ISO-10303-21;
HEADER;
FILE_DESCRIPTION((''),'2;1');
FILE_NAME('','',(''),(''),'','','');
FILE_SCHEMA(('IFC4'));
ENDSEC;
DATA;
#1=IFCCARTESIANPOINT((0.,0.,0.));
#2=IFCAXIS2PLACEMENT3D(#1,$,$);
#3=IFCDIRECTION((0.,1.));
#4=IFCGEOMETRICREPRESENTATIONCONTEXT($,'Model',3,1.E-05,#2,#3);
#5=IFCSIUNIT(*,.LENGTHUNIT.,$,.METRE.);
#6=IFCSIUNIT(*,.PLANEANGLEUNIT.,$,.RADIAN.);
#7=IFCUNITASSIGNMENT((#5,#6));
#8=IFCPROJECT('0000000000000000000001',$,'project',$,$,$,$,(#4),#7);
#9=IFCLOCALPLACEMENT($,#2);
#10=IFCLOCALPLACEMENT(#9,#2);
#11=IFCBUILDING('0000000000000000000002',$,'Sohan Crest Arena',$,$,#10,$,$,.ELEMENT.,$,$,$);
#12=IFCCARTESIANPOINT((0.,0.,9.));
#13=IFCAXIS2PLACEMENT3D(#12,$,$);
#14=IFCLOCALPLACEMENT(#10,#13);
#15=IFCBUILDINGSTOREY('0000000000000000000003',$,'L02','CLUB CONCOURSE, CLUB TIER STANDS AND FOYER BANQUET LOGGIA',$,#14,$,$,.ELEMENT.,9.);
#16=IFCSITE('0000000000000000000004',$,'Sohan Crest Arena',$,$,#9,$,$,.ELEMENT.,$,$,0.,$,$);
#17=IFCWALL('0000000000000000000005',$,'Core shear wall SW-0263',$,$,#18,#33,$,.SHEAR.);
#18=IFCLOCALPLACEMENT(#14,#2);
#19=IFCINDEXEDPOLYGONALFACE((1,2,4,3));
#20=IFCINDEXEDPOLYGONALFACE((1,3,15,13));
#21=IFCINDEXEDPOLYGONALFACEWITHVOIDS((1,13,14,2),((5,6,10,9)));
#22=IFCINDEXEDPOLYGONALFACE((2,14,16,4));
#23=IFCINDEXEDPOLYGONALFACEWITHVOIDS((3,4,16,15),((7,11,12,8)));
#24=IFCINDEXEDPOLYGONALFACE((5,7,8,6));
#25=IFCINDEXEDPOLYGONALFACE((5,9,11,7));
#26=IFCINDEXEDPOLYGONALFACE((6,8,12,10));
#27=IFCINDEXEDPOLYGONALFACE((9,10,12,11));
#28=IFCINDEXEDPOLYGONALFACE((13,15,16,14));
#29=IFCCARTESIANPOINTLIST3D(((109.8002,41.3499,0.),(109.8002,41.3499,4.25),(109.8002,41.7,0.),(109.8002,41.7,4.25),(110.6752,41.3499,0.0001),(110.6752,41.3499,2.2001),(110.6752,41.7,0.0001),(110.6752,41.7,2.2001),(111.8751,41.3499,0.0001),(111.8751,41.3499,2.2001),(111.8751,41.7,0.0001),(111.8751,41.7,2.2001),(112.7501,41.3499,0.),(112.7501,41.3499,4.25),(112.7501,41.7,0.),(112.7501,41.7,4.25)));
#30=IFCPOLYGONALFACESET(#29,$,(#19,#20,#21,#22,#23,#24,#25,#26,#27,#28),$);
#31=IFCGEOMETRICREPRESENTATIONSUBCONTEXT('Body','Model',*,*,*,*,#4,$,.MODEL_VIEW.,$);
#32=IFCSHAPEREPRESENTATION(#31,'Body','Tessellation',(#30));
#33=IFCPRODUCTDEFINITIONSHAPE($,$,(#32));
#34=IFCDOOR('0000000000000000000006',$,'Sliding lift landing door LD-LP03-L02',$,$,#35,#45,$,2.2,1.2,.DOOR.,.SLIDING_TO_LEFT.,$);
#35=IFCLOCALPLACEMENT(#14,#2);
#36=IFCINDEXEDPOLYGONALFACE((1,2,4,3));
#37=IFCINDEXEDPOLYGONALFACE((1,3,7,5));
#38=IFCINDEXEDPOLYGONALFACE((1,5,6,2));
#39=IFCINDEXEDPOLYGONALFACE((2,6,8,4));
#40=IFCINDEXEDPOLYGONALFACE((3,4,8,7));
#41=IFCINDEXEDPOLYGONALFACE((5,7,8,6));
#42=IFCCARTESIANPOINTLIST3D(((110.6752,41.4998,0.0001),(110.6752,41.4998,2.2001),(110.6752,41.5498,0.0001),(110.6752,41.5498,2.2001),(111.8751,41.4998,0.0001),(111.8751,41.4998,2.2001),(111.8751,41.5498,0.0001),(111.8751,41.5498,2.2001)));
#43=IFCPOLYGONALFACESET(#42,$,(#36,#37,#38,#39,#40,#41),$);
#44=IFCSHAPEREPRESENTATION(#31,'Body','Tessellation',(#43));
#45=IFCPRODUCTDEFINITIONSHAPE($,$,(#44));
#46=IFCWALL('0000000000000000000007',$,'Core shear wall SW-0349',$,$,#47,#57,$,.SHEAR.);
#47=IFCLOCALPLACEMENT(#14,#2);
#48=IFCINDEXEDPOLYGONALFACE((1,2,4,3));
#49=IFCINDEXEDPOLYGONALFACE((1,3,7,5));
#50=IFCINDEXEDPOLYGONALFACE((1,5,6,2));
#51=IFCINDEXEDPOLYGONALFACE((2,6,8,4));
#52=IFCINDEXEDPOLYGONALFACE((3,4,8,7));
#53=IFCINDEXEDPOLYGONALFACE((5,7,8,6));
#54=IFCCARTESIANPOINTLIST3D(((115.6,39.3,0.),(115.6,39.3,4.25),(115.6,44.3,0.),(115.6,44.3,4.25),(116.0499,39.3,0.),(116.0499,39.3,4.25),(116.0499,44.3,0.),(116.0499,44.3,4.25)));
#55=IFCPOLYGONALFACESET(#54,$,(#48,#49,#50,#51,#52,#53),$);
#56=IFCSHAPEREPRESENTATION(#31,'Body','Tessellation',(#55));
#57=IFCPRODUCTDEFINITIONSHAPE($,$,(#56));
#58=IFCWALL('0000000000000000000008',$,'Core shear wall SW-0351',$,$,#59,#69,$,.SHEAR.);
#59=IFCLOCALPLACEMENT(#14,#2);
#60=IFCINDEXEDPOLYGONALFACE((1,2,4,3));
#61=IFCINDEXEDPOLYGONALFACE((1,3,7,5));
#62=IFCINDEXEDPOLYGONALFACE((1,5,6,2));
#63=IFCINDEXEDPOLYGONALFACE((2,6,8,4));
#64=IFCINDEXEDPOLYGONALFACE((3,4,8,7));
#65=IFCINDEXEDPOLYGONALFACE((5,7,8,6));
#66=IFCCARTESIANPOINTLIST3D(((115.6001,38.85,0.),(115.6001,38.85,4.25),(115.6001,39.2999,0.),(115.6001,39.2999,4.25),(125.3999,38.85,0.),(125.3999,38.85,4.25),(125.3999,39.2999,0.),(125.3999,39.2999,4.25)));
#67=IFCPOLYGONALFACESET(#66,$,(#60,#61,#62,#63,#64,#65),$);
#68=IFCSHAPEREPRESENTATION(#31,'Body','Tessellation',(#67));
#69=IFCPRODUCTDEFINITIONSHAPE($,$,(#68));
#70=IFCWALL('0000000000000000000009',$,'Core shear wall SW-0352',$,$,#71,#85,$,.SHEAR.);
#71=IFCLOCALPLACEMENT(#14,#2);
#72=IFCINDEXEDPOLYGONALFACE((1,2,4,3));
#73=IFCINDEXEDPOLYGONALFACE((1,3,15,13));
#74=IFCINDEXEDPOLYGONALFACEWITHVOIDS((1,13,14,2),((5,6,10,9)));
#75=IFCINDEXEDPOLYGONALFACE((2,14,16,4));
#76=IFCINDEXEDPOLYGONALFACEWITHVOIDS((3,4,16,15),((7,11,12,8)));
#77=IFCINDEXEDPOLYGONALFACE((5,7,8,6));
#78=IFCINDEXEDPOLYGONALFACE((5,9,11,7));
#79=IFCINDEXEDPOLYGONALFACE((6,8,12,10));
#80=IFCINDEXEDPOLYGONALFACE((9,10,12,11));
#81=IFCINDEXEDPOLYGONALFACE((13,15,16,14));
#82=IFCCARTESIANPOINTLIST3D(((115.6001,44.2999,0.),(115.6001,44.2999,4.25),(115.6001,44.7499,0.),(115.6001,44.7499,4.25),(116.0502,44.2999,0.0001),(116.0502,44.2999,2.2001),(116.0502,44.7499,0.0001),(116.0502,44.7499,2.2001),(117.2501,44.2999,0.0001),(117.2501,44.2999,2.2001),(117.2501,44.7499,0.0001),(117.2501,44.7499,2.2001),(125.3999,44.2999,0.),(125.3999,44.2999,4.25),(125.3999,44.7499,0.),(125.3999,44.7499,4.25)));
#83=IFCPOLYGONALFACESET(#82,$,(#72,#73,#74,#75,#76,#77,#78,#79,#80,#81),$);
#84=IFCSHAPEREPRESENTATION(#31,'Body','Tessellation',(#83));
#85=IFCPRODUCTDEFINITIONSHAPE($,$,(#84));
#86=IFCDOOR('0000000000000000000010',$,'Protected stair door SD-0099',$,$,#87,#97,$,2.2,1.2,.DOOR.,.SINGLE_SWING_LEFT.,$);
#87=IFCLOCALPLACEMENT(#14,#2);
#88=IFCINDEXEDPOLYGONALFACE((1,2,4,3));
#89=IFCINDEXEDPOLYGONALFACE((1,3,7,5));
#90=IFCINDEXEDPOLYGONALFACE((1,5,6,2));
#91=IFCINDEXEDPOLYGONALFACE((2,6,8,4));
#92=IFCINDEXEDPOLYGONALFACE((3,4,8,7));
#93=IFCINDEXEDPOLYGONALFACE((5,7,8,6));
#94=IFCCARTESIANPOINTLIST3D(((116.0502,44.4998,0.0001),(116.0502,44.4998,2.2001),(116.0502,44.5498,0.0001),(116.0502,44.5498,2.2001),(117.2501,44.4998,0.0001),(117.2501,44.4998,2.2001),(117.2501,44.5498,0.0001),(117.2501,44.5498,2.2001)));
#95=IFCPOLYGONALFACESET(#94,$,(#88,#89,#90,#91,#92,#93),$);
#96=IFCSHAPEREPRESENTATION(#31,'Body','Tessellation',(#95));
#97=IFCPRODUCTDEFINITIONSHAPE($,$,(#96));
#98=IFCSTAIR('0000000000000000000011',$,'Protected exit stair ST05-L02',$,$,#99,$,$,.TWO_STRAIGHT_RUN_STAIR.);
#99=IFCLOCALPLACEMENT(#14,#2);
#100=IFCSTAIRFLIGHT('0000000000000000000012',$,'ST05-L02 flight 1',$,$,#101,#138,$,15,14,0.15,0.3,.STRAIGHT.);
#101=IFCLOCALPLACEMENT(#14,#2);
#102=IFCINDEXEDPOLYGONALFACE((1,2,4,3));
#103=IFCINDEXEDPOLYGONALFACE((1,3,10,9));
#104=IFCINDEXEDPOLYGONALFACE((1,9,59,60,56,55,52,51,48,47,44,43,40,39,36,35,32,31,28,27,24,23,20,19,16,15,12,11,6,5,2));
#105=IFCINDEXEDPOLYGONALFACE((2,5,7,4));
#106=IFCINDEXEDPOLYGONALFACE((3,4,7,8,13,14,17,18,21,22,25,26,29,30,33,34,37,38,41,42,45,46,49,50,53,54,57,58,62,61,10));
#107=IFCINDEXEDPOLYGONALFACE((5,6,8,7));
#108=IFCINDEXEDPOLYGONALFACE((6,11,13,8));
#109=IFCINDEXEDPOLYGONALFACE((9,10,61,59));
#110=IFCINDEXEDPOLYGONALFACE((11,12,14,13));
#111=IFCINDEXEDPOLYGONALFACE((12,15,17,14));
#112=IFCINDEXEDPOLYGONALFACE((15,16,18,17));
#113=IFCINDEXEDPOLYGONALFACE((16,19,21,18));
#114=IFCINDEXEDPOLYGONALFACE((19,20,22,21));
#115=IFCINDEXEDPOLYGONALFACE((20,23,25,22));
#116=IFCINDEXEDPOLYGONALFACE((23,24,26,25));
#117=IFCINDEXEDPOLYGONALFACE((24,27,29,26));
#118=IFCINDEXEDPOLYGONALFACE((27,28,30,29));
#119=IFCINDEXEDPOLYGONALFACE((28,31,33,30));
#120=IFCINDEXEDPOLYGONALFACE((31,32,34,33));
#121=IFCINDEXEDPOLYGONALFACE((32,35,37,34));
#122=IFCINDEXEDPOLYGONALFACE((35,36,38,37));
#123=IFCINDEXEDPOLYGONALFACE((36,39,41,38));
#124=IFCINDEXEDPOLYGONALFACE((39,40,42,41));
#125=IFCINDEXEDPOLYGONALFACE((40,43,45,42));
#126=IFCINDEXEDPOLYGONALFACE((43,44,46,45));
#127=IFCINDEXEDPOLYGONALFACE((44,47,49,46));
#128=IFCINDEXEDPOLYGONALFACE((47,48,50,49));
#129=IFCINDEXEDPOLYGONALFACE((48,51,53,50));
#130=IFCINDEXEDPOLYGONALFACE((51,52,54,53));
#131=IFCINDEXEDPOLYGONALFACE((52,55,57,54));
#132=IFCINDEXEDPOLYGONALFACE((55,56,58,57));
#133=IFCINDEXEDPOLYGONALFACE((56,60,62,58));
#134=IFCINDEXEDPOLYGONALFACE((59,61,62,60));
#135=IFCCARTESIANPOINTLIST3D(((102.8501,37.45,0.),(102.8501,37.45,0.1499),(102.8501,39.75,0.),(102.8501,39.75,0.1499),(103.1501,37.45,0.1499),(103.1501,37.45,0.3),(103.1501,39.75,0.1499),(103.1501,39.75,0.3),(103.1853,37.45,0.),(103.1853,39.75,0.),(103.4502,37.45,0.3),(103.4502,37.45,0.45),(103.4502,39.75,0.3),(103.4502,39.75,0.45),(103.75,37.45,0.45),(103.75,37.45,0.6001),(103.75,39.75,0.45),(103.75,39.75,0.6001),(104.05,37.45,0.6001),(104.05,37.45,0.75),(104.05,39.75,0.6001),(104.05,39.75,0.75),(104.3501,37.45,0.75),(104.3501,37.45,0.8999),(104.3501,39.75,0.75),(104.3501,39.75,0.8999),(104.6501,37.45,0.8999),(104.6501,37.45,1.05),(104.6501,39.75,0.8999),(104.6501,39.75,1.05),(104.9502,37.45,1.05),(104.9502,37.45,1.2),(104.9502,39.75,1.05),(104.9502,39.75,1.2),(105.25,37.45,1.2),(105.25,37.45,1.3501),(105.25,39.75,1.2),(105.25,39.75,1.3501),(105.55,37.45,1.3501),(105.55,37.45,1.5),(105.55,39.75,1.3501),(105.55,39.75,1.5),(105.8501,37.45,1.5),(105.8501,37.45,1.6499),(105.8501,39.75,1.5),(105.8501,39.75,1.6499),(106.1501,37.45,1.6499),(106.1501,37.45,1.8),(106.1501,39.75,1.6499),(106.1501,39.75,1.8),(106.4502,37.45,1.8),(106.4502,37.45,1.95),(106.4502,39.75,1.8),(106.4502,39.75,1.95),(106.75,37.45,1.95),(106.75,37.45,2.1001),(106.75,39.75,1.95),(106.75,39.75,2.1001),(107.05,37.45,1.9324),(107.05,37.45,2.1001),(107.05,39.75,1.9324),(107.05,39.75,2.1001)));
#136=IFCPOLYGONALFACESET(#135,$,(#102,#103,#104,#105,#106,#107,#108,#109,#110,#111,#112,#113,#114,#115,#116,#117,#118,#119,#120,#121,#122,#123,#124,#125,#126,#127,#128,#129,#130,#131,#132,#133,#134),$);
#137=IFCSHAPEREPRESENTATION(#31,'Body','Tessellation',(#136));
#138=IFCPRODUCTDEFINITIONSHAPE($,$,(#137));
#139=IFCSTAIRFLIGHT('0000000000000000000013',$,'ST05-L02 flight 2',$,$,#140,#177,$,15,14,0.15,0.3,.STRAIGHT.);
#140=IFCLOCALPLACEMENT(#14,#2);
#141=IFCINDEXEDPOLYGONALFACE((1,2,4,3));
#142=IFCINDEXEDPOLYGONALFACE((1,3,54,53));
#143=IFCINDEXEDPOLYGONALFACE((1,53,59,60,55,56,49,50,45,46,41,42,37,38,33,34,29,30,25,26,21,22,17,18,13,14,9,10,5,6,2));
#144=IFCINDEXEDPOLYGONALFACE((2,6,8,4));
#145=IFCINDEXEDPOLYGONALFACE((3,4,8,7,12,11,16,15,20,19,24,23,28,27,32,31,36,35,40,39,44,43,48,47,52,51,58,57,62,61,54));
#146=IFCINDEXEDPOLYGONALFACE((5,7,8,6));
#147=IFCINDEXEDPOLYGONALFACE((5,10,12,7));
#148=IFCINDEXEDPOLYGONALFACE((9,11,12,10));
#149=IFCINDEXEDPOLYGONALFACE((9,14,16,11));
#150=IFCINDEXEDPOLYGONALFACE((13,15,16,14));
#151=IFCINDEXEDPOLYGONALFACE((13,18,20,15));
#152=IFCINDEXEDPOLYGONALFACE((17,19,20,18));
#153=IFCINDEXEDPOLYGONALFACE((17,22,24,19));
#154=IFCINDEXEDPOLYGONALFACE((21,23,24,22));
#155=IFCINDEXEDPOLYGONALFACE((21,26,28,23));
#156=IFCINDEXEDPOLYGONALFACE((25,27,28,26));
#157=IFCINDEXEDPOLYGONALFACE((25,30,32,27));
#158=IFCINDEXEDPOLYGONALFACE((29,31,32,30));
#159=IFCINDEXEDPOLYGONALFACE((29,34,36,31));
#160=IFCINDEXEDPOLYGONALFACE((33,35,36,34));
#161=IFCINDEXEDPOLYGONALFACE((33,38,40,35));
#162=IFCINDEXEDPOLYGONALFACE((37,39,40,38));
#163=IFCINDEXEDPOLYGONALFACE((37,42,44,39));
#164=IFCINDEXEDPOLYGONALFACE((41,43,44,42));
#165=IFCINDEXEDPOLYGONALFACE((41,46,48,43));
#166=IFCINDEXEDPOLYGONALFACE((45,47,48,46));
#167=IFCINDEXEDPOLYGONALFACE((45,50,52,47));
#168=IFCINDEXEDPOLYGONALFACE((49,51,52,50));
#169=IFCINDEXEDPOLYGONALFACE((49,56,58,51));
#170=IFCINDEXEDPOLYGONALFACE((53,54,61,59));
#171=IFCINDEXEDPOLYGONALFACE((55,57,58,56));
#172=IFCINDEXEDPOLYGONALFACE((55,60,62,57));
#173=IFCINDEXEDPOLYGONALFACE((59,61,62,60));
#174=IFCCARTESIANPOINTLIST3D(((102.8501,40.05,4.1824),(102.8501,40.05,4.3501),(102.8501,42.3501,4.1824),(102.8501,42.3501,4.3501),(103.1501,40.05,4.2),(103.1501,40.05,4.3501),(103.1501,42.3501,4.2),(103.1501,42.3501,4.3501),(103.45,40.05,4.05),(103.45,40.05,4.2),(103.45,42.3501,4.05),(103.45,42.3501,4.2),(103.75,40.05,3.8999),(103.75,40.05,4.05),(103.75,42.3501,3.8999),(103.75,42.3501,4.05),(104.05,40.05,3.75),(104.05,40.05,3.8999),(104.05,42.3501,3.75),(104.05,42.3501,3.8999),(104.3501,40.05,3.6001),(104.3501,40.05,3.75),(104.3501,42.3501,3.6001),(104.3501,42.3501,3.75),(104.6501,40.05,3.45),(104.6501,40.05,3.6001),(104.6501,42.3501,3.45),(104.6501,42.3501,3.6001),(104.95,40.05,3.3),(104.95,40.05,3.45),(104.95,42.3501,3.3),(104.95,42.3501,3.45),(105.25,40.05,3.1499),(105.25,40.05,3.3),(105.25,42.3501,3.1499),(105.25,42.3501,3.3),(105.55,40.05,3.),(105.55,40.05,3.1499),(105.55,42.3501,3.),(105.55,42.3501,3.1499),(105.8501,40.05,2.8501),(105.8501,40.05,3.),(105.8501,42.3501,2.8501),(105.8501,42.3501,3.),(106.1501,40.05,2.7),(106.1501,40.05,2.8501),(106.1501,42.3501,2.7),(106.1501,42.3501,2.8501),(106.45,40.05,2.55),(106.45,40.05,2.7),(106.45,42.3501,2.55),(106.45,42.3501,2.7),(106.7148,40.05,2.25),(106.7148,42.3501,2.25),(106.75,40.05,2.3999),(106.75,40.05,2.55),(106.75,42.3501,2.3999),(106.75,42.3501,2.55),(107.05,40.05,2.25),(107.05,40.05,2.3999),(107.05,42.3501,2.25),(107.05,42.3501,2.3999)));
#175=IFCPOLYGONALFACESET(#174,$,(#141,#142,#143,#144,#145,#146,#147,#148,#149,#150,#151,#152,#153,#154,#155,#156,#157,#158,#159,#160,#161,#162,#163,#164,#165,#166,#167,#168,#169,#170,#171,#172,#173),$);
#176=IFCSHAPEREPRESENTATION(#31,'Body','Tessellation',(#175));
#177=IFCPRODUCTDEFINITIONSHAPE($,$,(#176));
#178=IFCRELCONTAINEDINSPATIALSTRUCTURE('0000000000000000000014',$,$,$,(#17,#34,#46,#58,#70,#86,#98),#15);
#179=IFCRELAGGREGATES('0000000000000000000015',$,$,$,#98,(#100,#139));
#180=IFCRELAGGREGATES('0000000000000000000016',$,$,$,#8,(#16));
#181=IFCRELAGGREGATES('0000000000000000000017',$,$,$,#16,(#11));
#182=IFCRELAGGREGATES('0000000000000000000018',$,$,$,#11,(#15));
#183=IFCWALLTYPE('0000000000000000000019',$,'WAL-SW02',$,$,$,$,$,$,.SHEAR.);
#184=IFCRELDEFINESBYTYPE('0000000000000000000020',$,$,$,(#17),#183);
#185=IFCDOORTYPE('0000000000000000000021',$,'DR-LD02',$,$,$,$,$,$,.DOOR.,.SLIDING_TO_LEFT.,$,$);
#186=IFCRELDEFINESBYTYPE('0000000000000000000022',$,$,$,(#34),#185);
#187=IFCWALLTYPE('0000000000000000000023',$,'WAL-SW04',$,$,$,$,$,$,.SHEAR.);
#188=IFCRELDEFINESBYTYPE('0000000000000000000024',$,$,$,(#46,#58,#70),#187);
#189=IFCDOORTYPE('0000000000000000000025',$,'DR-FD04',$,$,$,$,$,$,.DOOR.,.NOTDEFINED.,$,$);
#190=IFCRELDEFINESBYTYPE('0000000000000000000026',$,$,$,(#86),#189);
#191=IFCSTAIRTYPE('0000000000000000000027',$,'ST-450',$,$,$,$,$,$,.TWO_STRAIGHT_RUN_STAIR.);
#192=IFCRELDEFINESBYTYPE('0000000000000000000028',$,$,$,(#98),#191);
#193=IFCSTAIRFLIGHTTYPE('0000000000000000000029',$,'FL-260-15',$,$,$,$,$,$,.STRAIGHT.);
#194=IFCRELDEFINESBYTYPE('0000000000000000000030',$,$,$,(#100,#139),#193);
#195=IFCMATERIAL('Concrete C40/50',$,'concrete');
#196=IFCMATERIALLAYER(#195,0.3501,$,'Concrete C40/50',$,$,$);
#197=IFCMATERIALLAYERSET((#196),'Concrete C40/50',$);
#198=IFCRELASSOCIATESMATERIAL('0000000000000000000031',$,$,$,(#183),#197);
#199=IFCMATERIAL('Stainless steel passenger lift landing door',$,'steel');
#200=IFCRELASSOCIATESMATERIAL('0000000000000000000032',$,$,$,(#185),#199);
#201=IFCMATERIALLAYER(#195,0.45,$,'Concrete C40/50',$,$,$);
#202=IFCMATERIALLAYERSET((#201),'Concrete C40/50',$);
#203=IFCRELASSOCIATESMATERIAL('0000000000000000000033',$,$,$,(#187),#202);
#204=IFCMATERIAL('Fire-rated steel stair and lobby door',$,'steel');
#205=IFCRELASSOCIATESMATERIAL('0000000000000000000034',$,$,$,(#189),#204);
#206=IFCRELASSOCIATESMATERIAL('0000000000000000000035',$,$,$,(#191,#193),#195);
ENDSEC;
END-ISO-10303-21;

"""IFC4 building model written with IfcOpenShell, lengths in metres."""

from ifc_helpers import new_model, si_unit, direction, frame, frame_2d, origin, place, context, subcontext, project, spatial, polyline, rectangle, outline, extrude, material, layer, layer_set, type_object, element, fill, aggregate, save


model = new_model("IFC4")

# Units and contexts
model_context = context("Model", 3, precision=1e-05, world=origin(), true_north=direction((0.0, 1.0)))
body_context = subcontext(model_context, "Body", "Model", "MODEL_VIEW")
ifc_project = project(units=[si_unit("LENGTHUNIT", "METRE"), si_unit("PLANEANGLEUNIT", "RADIAN")], contexts=[model_context])

# Site, building, storey
site_placement = place(None, origin())
site = spatial("IfcSite", under=ifc_project, at=site_placement, Name="Sohan Crest Arena", CompositionType="ELEMENT", RefElevation=0.0)
building_placement = place(site_placement, origin())
building = spatial("IfcBuilding", under=site, at=building_placement, Name="Sohan Crest Arena", CompositionType="ELEMENT")
storey_placement = place(building_placement, frame((0.0, 0.0, 9.0)))
storey = spatial("IfcBuildingStorey", under=building, at=storey_placement, Name="L02", Description="CLUB CONCOURSE, CLUB TIER STANDS AND FOYER BANQUET LOGGIA", CompositionType="ELEMENT", Elevation=9.0)

# Shared definitions
ifc_material_1 = material(Name="Concrete C40/50", Category="concrete")

# Shared definitions
ifc_layer_1 = layer(ifc_material_1, 0.3501, Name="Concrete C40/50")
ifc_layer_set_1 = layer_set([ifc_layer_1], Name="Concrete C40/50")
wall_type_1 = type_object("IfcWallType", Name="WAL-SW02", PredefinedType="SHEAR", material=ifc_layer_set_1)

# Wall, opening, door
wall_1_placement = place(storey_placement, frame((109.8, 41.5249, 0.0), z_axis=(0.0, 0.0, 1.0), x_axis=(1.0, 0.0, 0.0)))
wall_1 = element("IfcWall", 1, at=wall_1_placement, inside=storey, type_object=wall_type_1, Name="Core shear wall SW-0263", PredefinedType="SHEAR", context=body_context, shape_type="SweptSolid", body=[
    extrude(rectangle(XDim=2.95, YDim=0.3501, at=frame_2d((1.4751, 0.0))), origin(), (0.0, 0.0, 1.0), 4.25),
])
opening_1_placement = place(wall_1_placement, frame((0.875, 0.0, 0.0)))
opening_1 = element("IfcOpeningElement", 2, at=opening_1_placement, cuts=wall_1, PredefinedType="OPENING", context=body_context, shape_type="SweptSolid", body=[
    extrude(rectangle(XDim=1.2, YDim=2.2, at=frame_2d((0.6001, 1.1001))), frame((0.0, 0.1851, 0.0), z_axis=(0.0, -1.0, 0.0), x_axis=(1.0, 0.0, 0.0)), (0.0, 0.0, 1.0), 0.3701),
])
ifc_material_2 = material(Name="Stainless steel passenger lift landing door", Category="steel")
door_type_1 = type_object("IfcDoorType", Name="DR-LD02", OperationType="SLIDING_TO_LEFT", PredefinedType="DOOR", material=ifc_material_2)
door_1_placement = place(opening_1_placement, origin())
door_1 = element("IfcDoor", 3, at=door_1_placement, inside=storey, type_object=door_type_1, Name="Sliding lift landing door LD-LP03-L02", OperationType="SLIDING_TO_LEFT", OverallHeight=2.2, OverallWidth=1.2, PredefinedType="DOOR", context=body_context, shape_type="SweptSolid", body=[
    extrude(rectangle(XDim=1.2, YDim=2.2, at=frame_2d((0.6001, 1.1001))), frame((0.0, 0.0249, 0.0), z_axis=(0.0, -1.0, 0.0), x_axis=(1.0, 0.0, 0.0)), (0.0, 0.0, 1.0), 0.05),
])
fill(opening_1, door_1)

# Walls
ifc_layer_2 = layer(ifc_material_1, 0.45, Name="Concrete C40/50")
ifc_layer_set_2 = layer_set([ifc_layer_2], Name="Concrete C40/50")
wall_type_2 = type_object("IfcWallType", Name="WAL-SW04", PredefinedType="SHEAR", material=ifc_layer_set_2)
wall_2_placement = place(storey_placement, frame((115.825, 39.3, 0.0), z_axis=(0.0, 0.0, 1.0), x_axis=(0.0, 1.0, 0.0)))
element("IfcWall", 4, at=wall_2_placement, inside=storey, type_object=wall_type_2, Name="Core shear wall SW-0349", PredefinedType="SHEAR", context=body_context, shape_type="SweptSolid", body=[
    extrude(rectangle(XDim=5.0, YDim=0.45, at=frame_2d((2.5, 0.0))), origin(), (0.0, 0.0, 1.0), 4.25),
])
wall_3_placement = place(storey_placement, frame((115.6001, 39.075, 0.0), z_axis=(0.0, 0.0, 1.0), x_axis=(1.0, 0.0, 0.0)))
element("IfcWall", 5, at=wall_3_placement, inside=storey, type_object=wall_type_2, Name="Core shear wall SW-0351", PredefinedType="SHEAR", context=body_context, shape_type="SweptSolid", body=[
    extrude(rectangle(XDim=9.7998, YDim=0.45, at=frame_2d((4.8999, 0.0))), origin(), (0.0, 0.0, 1.0), 4.25),
])

# Wall, opening, door
wall_4_placement = place(storey_placement, frame((115.6001, 44.5249, 0.0), z_axis=(0.0, 0.0, 1.0), x_axis=(1.0, 0.0, 0.0)))
wall_4 = element("IfcWall", 6, at=wall_4_placement, inside=storey, type_object=wall_type_2, Name="Core shear wall SW-0352", PredefinedType="SHEAR", context=body_context, shape_type="SweptSolid", body=[
    extrude(rectangle(XDim=9.7998, YDim=0.45, at=frame_2d((4.8999, 0.0))), origin(), (0.0, 0.0, 1.0), 4.25),
])
opening_2_placement = place(wall_4_placement, frame((0.45, 0.0, 0.0)))
opening_2 = element("IfcOpeningElement", 7, at=opening_2_placement, cuts=wall_4, PredefinedType="OPENING", context=body_context, shape_type="SweptSolid", body=[
    extrude(rectangle(XDim=1.2, YDim=2.2, at=frame_2d((0.6001, 1.1001))), frame((0.0, 0.2349, 0.0), z_axis=(0.0, -1.0, 0.0), x_axis=(1.0, 0.0, 0.0)), (0.0, 0.0, 1.0), 0.47),
])
ifc_material_3 = material(Name="Fire-rated steel stair and lobby door", Category="steel")
door_type_2 = type_object("IfcDoorType", Name="DR-FD04", OperationType="NOTDEFINED", PredefinedType="DOOR", material=ifc_material_3)
door_2_placement = place(opening_2_placement, origin())
door_2 = element("IfcDoor", 8, at=door_2_placement, inside=storey, type_object=door_type_2, Name="Protected stair door SD-0099", OperationType="SINGLE_SWING_LEFT", OverallHeight=2.2, OverallWidth=1.2, PredefinedType="DOOR", context=body_context, shape_type="SweptSolid", body=[
    extrude(rectangle(XDim=1.2, YDim=2.2, at=frame_2d((0.6001, 1.1001))), frame((0.0, 0.0249, 0.0), z_axis=(0.0, -1.0, 0.0), x_axis=(1.0, 0.0, 0.0)), (0.0, 0.0, 1.0), 0.05),
])
fill(opening_2, door_2)

# Stair, stair flights
stair_type = type_object("IfcStairType", Name="ST-450", PredefinedType="TWO_STRAIGHT_RUN_STAIR", material=ifc_material_1)
stair_1_placement = place(storey_placement, origin())
stair_1 = element("IfcStair", 9, at=stair_1_placement, inside=storey, type_object=stair_type, Name="Protected exit stair ST05-L02", PredefinedType="TWO_STRAIGHT_RUN_STAIR")
stair_flight_type = type_object("IfcStairFlightType", Name="FL-260-15", PredefinedType="STRAIGHT", material=ifc_material_1)
stair_flight_1_placement = place(storey_placement, frame((102.8501, 38.6001, 0.0), z_axis=(0.0, 0.0, 1.0), x_axis=(1.0, 0.0, 0.0)))
stair_flight_1 = element("IfcStairFlight", 10, at=stair_flight_1_placement, type_object=stair_flight_type, Name="ST05-L02 flight 1", NumberOfRisers=15, NumberOfTreads=14, PredefinedType="STRAIGHT", RiserHeight=0.15, TreadLength=0.3, context=body_context, shape_type="SweptSolid", body=[
    extrude(outline(polyline([(0.0, 0.0), (0.0, 0.1499), (0.3, 0.1499), (0.3, 0.3), (0.6001, 0.3), (0.6001, 0.45), (0.8999, 0.45), (0.8999, 0.6001), (1.2, 0.6001), (1.2, 0.75), (1.5, 0.75), (1.5, 0.8999), (1.8, 0.8999), (1.8, 1.05), (2.1001, 1.05), (2.1001, 1.2), (2.3999, 1.2), (2.3999, 1.3501), (2.7, 1.3501), (2.7, 1.5), (3.0, 1.5), (3.0, 1.6499), (3.3, 1.6499), (3.3, 1.8), (3.6001, 1.8), (3.6001, 1.95), (3.8999, 1.95), (3.8999, 2.1001), (4.2, 2.1001), (4.2, 2.25), (4.2, 1.9324), (0.3352, 0.0), (0.0, 0.0)])), frame((0.0, 1.1499, 0.0), z_axis=(0.0, -1.0, 0.0), x_axis=(1.0, 0.0, 0.0)), (0.0, 0.0, 1.0), 2.3),
])
stair_flight_2_placement = place(storey_placement, frame((107.05, 41.2, 2.25), z_axis=(0.0, 0.0, 1.0), x_axis=(-1.0, 0.0, 0.0)))
stair_flight_2 = element("IfcStairFlight", 11, at=stair_flight_2_placement, type_object=stair_flight_type, Name="ST05-L02 flight 2", NumberOfRisers=15, NumberOfTreads=14, PredefinedType="STRAIGHT", RiserHeight=0.15, TreadLength=0.3, context=body_context, shape_type="SweptSolid", body=[
    extrude(outline(polyline([(0.0, 0.0), (0.0, 0.1499), (0.3, 0.1499), (0.3, 0.3), (0.6001, 0.3), (0.6001, 0.45), (0.8999, 0.45), (0.8999, 0.6001), (1.2, 0.6001), (1.2, 0.75), (1.5, 0.75), (1.5, 0.8999), (1.8, 0.8999), (1.8, 1.05), (2.1001, 1.05), (2.1001, 1.2), (2.3999, 1.2), (2.3999, 1.3501), (2.7, 1.3501), (2.7, 1.5), (3.0, 1.5), (3.0, 1.6499), (3.3, 1.6499), (3.3, 1.8), (3.6001, 1.8), (3.6001, 1.95), (3.8999, 1.95), (3.8999, 2.1001), (4.2, 2.1001), (4.2, 2.25), (4.2, 1.9324), (0.3352, 0.0), (0.0, 0.0)])), frame((0.0, 1.1499, 0.0), z_axis=(0.0, -1.0, 0.0), x_axis=(1.0, 0.0, 0.0)), (0.0, 0.0, 1.0), 2.3),
])
aggregate(stair_1, [stair_flight_1, stair_flight_2])

save(model, "model.ifc")
